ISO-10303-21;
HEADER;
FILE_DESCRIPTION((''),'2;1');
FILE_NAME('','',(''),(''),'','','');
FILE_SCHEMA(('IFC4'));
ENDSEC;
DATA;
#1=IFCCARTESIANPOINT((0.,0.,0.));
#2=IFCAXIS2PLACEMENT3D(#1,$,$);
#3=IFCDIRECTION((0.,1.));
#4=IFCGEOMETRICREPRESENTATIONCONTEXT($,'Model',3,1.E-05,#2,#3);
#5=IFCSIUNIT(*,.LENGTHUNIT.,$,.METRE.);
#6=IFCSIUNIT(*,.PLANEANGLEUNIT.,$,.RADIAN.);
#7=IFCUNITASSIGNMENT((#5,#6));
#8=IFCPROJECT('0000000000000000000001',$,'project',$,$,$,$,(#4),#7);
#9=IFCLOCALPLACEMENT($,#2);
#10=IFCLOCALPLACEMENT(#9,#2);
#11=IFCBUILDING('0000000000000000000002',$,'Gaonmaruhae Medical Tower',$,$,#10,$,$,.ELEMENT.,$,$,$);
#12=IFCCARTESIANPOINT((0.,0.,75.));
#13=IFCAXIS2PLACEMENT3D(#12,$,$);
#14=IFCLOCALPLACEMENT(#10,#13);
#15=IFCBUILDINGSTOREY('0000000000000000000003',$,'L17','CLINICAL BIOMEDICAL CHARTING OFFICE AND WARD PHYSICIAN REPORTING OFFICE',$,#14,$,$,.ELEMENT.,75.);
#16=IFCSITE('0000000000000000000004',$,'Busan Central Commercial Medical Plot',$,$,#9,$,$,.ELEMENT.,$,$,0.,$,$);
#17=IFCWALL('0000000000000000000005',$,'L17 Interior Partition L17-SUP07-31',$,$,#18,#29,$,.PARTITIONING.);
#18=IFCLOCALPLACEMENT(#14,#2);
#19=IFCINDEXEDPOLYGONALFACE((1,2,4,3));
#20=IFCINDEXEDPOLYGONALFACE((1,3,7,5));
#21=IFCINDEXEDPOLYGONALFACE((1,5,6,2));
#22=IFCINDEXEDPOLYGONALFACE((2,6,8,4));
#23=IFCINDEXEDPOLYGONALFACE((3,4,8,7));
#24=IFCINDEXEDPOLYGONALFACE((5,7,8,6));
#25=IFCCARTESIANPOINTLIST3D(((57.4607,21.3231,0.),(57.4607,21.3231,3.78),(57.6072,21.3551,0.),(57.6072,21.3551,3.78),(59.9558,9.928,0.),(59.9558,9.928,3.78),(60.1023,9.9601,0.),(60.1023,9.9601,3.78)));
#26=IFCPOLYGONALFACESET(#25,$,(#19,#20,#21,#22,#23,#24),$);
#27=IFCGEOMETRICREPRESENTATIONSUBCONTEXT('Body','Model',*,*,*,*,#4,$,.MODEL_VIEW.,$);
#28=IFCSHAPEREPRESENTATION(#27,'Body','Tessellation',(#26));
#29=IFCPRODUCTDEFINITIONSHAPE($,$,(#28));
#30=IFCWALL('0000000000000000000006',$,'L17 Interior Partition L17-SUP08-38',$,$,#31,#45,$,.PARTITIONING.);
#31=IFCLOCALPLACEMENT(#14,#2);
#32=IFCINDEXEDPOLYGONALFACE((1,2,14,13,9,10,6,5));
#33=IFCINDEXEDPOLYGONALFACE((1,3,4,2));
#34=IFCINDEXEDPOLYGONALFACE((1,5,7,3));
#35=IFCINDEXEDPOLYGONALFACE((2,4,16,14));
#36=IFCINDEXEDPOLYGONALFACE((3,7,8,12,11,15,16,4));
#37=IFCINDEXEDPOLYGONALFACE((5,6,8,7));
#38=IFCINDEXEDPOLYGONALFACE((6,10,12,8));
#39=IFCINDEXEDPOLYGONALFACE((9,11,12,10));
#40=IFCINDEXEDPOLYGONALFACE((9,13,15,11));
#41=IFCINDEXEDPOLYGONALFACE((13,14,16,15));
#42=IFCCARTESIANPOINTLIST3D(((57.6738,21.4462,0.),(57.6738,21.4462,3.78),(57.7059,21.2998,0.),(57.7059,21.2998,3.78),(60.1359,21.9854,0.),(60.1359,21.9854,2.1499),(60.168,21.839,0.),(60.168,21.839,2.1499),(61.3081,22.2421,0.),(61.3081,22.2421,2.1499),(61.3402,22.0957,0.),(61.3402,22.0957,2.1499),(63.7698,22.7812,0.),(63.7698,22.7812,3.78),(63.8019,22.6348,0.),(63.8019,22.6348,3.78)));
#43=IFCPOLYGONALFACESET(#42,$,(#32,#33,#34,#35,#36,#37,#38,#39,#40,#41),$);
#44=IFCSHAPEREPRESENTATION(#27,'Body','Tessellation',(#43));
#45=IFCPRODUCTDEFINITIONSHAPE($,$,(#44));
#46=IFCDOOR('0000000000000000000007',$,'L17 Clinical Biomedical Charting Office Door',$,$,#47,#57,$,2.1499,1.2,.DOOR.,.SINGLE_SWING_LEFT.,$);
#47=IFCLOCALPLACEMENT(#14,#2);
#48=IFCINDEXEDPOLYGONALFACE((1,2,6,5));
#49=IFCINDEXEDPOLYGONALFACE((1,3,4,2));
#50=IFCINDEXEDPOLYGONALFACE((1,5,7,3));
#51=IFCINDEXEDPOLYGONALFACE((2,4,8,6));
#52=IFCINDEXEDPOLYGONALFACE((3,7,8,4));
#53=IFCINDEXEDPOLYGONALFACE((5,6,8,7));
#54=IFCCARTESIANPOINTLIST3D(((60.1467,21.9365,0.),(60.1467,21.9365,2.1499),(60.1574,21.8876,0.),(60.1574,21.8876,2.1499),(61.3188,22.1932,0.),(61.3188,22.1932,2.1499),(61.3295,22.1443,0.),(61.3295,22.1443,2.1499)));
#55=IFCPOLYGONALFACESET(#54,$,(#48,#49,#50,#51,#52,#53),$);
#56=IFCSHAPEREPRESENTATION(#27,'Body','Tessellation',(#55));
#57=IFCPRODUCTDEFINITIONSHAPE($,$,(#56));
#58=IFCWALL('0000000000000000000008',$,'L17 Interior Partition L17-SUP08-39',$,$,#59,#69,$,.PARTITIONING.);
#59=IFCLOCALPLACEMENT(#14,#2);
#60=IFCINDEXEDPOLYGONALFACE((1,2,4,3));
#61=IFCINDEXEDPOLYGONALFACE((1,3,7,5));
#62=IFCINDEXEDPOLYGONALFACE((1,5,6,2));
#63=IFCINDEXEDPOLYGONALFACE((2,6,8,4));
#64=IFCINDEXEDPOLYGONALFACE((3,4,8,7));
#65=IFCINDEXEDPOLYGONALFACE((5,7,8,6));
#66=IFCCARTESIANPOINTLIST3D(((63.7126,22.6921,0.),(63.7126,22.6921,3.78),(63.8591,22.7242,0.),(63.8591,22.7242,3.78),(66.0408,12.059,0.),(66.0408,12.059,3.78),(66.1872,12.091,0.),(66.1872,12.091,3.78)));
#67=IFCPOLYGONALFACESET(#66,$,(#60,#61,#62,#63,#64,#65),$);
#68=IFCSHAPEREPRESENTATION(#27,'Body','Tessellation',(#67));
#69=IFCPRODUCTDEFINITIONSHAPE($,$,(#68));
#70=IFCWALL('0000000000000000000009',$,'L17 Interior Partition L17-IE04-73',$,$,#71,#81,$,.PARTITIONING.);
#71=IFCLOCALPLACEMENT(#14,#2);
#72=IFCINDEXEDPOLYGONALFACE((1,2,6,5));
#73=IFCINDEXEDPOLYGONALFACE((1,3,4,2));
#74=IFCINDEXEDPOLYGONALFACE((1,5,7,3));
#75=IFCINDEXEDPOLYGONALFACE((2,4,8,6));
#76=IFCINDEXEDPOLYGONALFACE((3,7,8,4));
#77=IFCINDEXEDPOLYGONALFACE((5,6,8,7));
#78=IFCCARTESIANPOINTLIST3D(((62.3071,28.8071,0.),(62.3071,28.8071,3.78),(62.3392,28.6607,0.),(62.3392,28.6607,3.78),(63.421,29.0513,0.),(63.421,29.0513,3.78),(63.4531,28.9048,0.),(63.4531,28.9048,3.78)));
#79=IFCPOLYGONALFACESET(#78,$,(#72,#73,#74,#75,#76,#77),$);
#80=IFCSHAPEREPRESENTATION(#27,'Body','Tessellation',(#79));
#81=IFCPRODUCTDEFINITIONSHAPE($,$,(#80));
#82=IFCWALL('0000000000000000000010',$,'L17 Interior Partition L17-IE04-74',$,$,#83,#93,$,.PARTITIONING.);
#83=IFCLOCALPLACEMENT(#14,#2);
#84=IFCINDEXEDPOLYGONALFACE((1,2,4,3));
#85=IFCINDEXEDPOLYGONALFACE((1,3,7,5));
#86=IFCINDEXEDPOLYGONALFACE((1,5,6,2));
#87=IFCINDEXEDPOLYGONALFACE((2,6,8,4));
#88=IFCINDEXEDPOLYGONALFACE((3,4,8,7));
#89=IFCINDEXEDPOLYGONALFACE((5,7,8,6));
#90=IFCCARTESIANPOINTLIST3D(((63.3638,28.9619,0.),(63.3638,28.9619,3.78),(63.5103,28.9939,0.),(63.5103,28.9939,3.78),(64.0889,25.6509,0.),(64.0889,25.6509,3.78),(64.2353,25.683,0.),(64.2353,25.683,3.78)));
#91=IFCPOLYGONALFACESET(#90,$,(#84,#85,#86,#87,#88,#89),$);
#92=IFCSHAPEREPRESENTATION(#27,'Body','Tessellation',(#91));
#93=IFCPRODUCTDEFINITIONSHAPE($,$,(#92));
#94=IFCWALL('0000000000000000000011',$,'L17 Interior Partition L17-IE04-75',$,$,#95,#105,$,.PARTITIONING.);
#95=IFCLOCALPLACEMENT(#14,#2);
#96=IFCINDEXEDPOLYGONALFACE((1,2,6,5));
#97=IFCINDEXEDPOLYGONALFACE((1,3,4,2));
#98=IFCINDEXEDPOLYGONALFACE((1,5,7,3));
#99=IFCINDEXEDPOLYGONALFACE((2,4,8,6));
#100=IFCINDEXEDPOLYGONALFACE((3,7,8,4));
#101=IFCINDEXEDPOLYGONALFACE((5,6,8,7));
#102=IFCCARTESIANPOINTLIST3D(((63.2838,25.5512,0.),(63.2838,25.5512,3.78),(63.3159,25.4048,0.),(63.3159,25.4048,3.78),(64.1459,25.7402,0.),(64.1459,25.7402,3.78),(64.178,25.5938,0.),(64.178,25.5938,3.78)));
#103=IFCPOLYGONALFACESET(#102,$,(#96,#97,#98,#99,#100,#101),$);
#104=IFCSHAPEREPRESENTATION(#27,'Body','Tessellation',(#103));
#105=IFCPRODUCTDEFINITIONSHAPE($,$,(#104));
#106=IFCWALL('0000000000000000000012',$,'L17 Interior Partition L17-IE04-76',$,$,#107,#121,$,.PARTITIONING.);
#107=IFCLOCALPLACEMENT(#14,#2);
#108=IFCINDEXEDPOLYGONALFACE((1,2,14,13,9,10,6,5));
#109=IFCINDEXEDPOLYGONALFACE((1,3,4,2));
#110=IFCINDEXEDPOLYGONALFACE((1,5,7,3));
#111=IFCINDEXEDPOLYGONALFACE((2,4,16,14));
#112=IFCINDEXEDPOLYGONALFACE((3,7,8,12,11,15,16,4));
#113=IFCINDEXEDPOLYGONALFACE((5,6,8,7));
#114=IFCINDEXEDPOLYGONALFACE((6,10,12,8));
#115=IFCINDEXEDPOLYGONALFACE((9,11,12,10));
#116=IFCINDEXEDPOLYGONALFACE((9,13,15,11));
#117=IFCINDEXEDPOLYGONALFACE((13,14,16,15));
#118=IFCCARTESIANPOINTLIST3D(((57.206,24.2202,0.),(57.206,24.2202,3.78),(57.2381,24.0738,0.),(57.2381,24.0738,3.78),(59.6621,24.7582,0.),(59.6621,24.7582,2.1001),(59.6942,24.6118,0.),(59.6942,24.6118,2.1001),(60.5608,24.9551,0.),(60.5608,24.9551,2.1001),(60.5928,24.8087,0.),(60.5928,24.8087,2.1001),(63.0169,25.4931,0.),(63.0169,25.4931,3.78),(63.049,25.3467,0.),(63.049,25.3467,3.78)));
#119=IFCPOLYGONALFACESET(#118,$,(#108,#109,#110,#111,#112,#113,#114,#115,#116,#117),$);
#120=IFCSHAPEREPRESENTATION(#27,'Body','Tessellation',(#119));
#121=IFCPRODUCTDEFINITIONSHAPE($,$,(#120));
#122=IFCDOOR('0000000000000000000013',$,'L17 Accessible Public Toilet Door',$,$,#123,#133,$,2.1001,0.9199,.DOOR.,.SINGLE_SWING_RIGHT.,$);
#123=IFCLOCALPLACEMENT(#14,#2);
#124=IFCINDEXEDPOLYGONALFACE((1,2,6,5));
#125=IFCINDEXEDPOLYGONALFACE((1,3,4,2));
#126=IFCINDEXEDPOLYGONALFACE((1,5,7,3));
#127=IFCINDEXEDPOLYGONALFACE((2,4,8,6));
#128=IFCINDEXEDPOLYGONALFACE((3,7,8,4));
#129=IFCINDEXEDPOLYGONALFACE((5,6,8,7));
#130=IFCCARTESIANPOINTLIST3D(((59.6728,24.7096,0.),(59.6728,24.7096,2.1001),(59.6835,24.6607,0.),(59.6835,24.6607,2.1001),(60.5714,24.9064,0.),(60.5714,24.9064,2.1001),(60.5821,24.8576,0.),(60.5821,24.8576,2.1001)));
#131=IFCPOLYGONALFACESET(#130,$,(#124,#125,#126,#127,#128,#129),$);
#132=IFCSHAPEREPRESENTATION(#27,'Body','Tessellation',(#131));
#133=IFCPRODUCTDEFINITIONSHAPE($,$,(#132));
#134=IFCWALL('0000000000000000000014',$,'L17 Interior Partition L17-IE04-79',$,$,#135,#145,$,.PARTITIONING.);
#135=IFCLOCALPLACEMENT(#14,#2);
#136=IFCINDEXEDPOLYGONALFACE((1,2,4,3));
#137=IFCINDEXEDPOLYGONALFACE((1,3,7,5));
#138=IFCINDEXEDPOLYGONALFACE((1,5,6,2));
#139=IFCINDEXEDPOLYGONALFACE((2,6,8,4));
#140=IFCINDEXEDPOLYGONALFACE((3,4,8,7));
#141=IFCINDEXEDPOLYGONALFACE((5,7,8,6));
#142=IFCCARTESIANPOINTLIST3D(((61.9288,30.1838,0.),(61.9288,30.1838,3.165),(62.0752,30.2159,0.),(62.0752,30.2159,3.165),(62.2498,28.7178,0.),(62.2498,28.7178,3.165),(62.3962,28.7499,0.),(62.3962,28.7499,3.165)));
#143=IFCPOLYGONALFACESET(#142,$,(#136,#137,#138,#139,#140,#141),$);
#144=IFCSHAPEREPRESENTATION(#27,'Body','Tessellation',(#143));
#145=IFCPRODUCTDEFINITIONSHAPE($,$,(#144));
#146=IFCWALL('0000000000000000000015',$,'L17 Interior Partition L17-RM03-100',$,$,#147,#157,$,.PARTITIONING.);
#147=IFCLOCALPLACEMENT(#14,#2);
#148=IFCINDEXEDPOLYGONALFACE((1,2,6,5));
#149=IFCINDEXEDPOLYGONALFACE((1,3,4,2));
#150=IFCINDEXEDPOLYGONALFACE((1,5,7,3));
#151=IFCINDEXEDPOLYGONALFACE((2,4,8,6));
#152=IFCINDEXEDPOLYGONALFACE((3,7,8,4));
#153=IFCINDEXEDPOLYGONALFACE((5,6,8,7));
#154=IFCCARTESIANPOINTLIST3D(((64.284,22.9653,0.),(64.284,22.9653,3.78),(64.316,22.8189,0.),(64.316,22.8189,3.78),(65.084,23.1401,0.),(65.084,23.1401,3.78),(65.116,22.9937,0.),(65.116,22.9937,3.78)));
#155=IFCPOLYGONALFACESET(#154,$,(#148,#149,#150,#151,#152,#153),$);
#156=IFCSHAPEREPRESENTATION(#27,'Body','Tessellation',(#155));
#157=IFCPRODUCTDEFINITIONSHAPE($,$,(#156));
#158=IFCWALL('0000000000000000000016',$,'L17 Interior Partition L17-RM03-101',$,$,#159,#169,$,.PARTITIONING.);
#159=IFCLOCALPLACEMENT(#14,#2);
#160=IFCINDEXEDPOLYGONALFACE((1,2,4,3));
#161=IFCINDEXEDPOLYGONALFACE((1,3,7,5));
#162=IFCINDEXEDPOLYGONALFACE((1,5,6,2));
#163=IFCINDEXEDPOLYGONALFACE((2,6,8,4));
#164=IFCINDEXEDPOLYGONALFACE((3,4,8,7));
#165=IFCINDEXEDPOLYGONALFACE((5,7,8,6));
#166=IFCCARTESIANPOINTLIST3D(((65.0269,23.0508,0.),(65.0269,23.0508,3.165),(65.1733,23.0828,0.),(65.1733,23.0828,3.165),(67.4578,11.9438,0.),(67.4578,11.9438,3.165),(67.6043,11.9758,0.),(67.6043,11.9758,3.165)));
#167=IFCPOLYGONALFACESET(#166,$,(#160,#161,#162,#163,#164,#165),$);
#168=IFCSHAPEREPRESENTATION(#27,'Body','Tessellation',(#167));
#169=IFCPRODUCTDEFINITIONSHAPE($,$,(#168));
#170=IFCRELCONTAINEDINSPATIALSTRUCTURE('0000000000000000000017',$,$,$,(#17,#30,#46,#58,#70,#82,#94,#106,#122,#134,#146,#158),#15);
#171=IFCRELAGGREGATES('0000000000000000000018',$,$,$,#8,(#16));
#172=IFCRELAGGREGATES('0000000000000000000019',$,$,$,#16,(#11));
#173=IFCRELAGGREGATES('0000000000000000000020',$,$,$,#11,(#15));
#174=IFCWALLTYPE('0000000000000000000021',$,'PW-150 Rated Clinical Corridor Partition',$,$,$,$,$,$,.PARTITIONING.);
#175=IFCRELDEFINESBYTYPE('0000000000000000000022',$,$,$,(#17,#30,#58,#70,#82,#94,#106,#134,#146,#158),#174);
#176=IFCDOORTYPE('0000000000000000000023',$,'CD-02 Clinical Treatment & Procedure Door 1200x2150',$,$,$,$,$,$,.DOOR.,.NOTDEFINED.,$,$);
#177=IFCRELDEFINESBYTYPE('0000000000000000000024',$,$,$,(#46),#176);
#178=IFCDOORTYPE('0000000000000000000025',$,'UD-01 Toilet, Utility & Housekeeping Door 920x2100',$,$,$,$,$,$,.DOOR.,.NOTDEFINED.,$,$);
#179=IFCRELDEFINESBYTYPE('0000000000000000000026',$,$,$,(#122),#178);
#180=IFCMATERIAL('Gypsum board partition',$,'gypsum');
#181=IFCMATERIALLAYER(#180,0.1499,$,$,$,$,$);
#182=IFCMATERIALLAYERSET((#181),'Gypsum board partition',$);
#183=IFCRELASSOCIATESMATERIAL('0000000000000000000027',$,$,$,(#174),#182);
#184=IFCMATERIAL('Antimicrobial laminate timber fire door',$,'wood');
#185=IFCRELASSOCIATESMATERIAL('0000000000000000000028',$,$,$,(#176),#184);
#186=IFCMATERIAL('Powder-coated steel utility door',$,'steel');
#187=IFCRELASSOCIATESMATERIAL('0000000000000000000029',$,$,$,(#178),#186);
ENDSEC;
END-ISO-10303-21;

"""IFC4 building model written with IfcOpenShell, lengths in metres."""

from ifc_helpers import new_model, si_unit, direction, frame, frame_2d, origin, place, context, subcontext, project, spatial, rectangle, extrude, material, layer, layer_set, type_object, element, fill, save


model = new_model("IFC4")

# Units and contexts
model_context = context("Model", 3, precision=1e-05, world=origin(), true_north=direction((0.0, 1.0)))
body_context = subcontext(model_context, "Body", "Model", "MODEL_VIEW")
ifc_project = project(units=[si_unit("LENGTHUNIT", "METRE"), si_unit("PLANEANGLEUNIT", "RADIAN")], contexts=[model_context])

# Site, building, storey
site_placement = place(None, origin())
site = spatial("IfcSite", under=ifc_project, at=site_placement, Name="Busan Central Commercial Medical Plot", CompositionType="ELEMENT", RefElevation=0.0)
building_placement = place(site_placement, origin())
building = spatial("IfcBuilding", under=site, at=building_placement, Name="Gaonmaruhae Medical Tower", CompositionType="ELEMENT")
storey_placement = place(building_placement, frame((0.0, 0.0, 75.0)))
storey = spatial("IfcBuildingStorey", under=building, at=storey_placement, Name="L17", Description="CLINICAL BIOMEDICAL CHARTING OFFICE AND WARD PHYSICIAN REPORTING OFFICE", CompositionType="ELEMENT", Elevation=75.0)

# Wall
ifc_material_1 = material(Name="Gypsum board partition", Category="gypsum")
ifc_layer_1 = layer(ifc_material_1, 0.1499)
ifc_layer_set_1 = layer_set([ifc_layer_1], Name="Gypsum board partition")
wall_type_1 = type_object("IfcWallType", Name="PW-150 Rated Clinical Corridor Partition", PredefinedType="PARTITIONING", material=ifc_layer_set_1)
wall_1_placement = place(storey_placement, frame((57.5339, 21.3391, 0.0), z_axis=(0.0, 0.0, 1.0), x_axis=(0.213898, -0.976856, 0.0)))
element("IfcWall", 1, at=wall_1_placement, inside=storey, type_object=wall_type_1, Name="L17 Interior Partition L17-SUP07-31", PredefinedType="PARTITIONING", context=body_context, shape_type="SweptSolid", body=[
    extrude(rectangle(XDim=11.665, YDim=0.1499, at=frame_2d((5.8325, 0.0))), origin(), (0.0, 0.0, 1.0), 3.78),
])

# Wall, opening, door
wall_2_placement = place(storey_placement, frame((57.6899, 21.373, 0.0), z_axis=(0.0, 0.0, 1.0), x_axis=(0.976851, 0.213922, 0.0)))
wall_2 = element("IfcWall", 2, at=wall_2_placement, inside=storey, type_object=wall_type_1, Name="L17 Interior Partition L17-SUP08-38", PredefinedType="PARTITIONING", context=body_context, shape_type="SweptSolid", body=[
    extrude(rectangle(XDim=6.2405, YDim=0.1499, at=frame_2d((3.1201, 0.0))), origin(), (0.0, 0.0, 1.0), 3.78),
])
opening_1_placement = place(wall_2_placement, frame((2.5203, 0.0, 0.0)))
opening_1 = element("IfcOpeningElement", 3, at=opening_1_placement, cuts=wall_2, PredefinedType="OPENING", context=body_context, shape_type="SweptSolid", body=[
    extrude(rectangle(XDim=1.2, YDim=2.1499, at=frame_2d((0.6001, 1.075))), frame((0.0, 0.085, 0.0), z_axis=(0.0, -1.0, 0.0), x_axis=(1.0, 0.0, 0.0)), (0.0, 0.0, 1.0), 0.1699),
])
ifc_material_2 = material(Name="Antimicrobial laminate timber fire door", Category="wood")
door_type_1 = type_object("IfcDoorType", Name="CD-02 Clinical Treatment & Procedure Door 1200x2150", OperationType="NOTDEFINED", PredefinedType="DOOR", material=ifc_material_2)
door_1_placement = place(opening_1_placement, origin())
door_1 = element("IfcDoor", 4, at=door_1_placement, inside=storey, type_object=door_type_1, Name="L17 Clinical Biomedical Charting Office Door", OperationType="SINGLE_SWING_LEFT", OverallHeight=2.1499, OverallWidth=1.2, PredefinedType="DOOR", context=body_context, shape_type="SweptSolid", body=[
    extrude(rectangle(XDim=1.2, YDim=2.1499, at=frame_2d((0.6001, 1.075))), frame((0.0, 0.0249, 0.0), z_axis=(0.0, -1.0, 0.0), x_axis=(1.0, 0.0, 0.0)), (0.0, 0.0, 1.0), 0.05),
])
fill(opening_1, door_1)

# Walls
wall_3_placement = place(storey_placement, frame((63.7859, 22.708, 0.0), z_axis=(0.0, 0.0, 1.0), x_axis=(0.213885, -0.976859, 0.0)))
element("IfcWall", 5, at=wall_3_placement, inside=storey, type_object=wall_type_1, Name="L17 Interior Partition L17-SUP08-39", PredefinedType="PARTITIONING", context=body_context, shape_type="SweptSolid", body=[
    extrude(rectangle(XDim=10.885, YDim=0.1499, at=frame_2d((5.4424, 0.0))), origin(), (0.0, 0.0, 1.0), 3.78),
])
wall_4_placement = place(storey_placement, frame((62.323, 28.7339, 0.0), z_axis=(0.0, 0.0, 1.0), x_axis=(0.976818, 0.214074, 0.0)))
element("IfcWall", 6, at=wall_4_placement, inside=storey, type_object=wall_type_1, Name="L17 Interior Partition L17-IE04-73", PredefinedType="PARTITIONING", context=body_context, shape_type="SweptSolid", body=[
    extrude(rectangle(XDim=1.1404, YDim=0.1499, at=frame_2d((0.5703, 0.0))), origin(), (0.0, 0.0, 1.0), 3.78),
])
wall_5_placement = place(storey_placement, frame((63.437, 28.978, 0.0), z_axis=(0.0, 0.0, 1.0), x_axis=(0.213925, -0.97685, 0.0)))
element("IfcWall", 7, at=wall_5_placement, inside=storey, type_object=wall_type_1, Name="L17 Interior Partition L17-IE04-74", PredefinedType="PARTITIONING", context=body_context, shape_type="SweptSolid", body=[
    extrude(rectangle(XDim=3.3894, YDim=0.1499, at=frame_2d((1.6948, 0.0))), origin(), (0.0, 0.0, 1.0), 3.78),
])
wall_6_placement = place(storey_placement, frame((64.1621, 25.667, 0.0), z_axis=(0.0, 0.0, 1.0), x_axis=(-0.976808, -0.214118, 0.0)))
element("IfcWall", 8, at=wall_6_placement, inside=storey, type_object=wall_type_1, Name="L17 Interior Partition L17-IE04-75", PredefinedType="PARTITIONING", context=body_context, shape_type="SweptSolid", body=[
    extrude(rectangle(XDim=0.8826, YDim=0.1499, at=frame_2d((0.4414, 0.0))), origin(), (0.0, 0.0, 1.0), 3.78),
])

# Wall, opening, door
wall_7_placement = place(storey_placement, frame((63.033, 25.4199, 0.0), z_axis=(0.0, 0.0, 1.0), x_axis=(-0.976837, -0.213983, 0.0)))
wall_7 = element("IfcWall", 9, at=wall_7_placement, inside=storey, type_object=wall_type_1, Name="L17 Interior Partition L17-IE04-76", PredefinedType="PARTITIONING", context=body_context, shape_type="SweptSolid", body=[
    extrude(rectangle(XDim=5.9487, YDim=0.1499, at=frame_2d((2.9744, 0.0))), origin(), (0.0, 0.0, 1.0), 3.78),
])
opening_2_placement = place(wall_7_placement, frame((2.5144, 0.0, 0.0)))
opening_2 = element("IfcOpeningElement", 10, at=opening_2_placement, cuts=wall_7, PredefinedType="OPENING", context=body_context, shape_type="SweptSolid", body=[
    extrude(rectangle(XDim=0.9199, YDim=2.1001, at=frame_2d((0.46, 1.05))), frame((0.0, 0.085, 0.0), z_axis=(0.0, -1.0, 0.0), x_axis=(1.0, 0.0, 0.0)), (0.0, 0.0, 1.0), 0.1699),
])
ifc_material_3 = material(Name="Powder-coated steel utility door", Category="steel")
door_type_2 = type_object("IfcDoorType", Name="UD-01 Toilet, Utility & Housekeeping Door 920x2100", OperationType="NOTDEFINED", PredefinedType="DOOR", material=ifc_material_3)
door_2_placement = place(opening_2_placement, origin())
door_2 = element("IfcDoor", 11, at=door_2_placement, inside=storey, type_object=door_type_2, Name="L17 Accessible Public Toilet Door", OperationType="SINGLE_SWING_RIGHT", OverallHeight=2.1001, OverallWidth=0.9199, PredefinedType="DOOR", context=body_context, shape_type="SweptSolid", body=[
    extrude(rectangle(XDim=0.9199, YDim=2.1001, at=frame_2d((0.46, 1.05))), frame((0.0, 0.0249, 0.0), z_axis=(0.0, -1.0, 0.0), x_axis=(1.0, 0.0, 0.0)), (0.0, 0.0, 1.0), 0.05),
])
fill(opening_2, door_2)

# Walls
wall_8_placement = place(storey_placement, frame((62.002, 30.2, 0.0), z_axis=(0.0, 0.0, 1.0), x_axis=(0.213915, -0.976852, 0.0)))
element("IfcWall", 12, at=wall_8_placement, inside=storey, type_object=wall_type_1, Name="L17 Interior Partition L17-IE04-79", PredefinedType="PARTITIONING", context=body_context, shape_type="SweptSolid", body=[
    extrude(rectangle(XDim=1.5007, YDim=0.1499, at=frame_2d((0.7505, 0.0))), origin(), (0.0, 0.0, 1.0), 3.165),
])
wall_9_placement = place(storey_placement, frame((64.3, 22.8921, 0.0), z_axis=(0.0, 0.0, 1.0), x_axis=(0.976952, 0.213457, 0.0)))
element("IfcWall", 13, at=wall_9_placement, inside=storey, type_object=wall_type_1, Name="L17 Interior Partition L17-RM03-100", PredefinedType="PARTITIONING", context=body_context, shape_type="SweptSolid", body=[
    extrude(rectangle(XDim=0.8188, YDim=0.1499, at=frame_2d((0.4094, 0.0))), origin(), (0.0, 0.0, 1.0), 3.78),
])
wall_10_placement = place(storey_placement, frame((65.1001, 23.0669, 0.0), z_axis=(0.0, 0.0, 1.0), x_axis=(0.213803, -0.976877, 0.0)))
element("IfcWall", 14, at=wall_10_placement, inside=storey, type_object=wall_type_1, Name="L17 Interior Partition L17-RM03-101", PredefinedType="PARTITIONING", context=body_context, shape_type="SweptSolid", body=[
    extrude(rectangle(XDim=11.3699, YDim=0.1499, at=frame_2d((5.6851, 0.0))), origin(), (0.0, 0.0, 1.0), 3.165),
])

save(model, "model.ifc")
